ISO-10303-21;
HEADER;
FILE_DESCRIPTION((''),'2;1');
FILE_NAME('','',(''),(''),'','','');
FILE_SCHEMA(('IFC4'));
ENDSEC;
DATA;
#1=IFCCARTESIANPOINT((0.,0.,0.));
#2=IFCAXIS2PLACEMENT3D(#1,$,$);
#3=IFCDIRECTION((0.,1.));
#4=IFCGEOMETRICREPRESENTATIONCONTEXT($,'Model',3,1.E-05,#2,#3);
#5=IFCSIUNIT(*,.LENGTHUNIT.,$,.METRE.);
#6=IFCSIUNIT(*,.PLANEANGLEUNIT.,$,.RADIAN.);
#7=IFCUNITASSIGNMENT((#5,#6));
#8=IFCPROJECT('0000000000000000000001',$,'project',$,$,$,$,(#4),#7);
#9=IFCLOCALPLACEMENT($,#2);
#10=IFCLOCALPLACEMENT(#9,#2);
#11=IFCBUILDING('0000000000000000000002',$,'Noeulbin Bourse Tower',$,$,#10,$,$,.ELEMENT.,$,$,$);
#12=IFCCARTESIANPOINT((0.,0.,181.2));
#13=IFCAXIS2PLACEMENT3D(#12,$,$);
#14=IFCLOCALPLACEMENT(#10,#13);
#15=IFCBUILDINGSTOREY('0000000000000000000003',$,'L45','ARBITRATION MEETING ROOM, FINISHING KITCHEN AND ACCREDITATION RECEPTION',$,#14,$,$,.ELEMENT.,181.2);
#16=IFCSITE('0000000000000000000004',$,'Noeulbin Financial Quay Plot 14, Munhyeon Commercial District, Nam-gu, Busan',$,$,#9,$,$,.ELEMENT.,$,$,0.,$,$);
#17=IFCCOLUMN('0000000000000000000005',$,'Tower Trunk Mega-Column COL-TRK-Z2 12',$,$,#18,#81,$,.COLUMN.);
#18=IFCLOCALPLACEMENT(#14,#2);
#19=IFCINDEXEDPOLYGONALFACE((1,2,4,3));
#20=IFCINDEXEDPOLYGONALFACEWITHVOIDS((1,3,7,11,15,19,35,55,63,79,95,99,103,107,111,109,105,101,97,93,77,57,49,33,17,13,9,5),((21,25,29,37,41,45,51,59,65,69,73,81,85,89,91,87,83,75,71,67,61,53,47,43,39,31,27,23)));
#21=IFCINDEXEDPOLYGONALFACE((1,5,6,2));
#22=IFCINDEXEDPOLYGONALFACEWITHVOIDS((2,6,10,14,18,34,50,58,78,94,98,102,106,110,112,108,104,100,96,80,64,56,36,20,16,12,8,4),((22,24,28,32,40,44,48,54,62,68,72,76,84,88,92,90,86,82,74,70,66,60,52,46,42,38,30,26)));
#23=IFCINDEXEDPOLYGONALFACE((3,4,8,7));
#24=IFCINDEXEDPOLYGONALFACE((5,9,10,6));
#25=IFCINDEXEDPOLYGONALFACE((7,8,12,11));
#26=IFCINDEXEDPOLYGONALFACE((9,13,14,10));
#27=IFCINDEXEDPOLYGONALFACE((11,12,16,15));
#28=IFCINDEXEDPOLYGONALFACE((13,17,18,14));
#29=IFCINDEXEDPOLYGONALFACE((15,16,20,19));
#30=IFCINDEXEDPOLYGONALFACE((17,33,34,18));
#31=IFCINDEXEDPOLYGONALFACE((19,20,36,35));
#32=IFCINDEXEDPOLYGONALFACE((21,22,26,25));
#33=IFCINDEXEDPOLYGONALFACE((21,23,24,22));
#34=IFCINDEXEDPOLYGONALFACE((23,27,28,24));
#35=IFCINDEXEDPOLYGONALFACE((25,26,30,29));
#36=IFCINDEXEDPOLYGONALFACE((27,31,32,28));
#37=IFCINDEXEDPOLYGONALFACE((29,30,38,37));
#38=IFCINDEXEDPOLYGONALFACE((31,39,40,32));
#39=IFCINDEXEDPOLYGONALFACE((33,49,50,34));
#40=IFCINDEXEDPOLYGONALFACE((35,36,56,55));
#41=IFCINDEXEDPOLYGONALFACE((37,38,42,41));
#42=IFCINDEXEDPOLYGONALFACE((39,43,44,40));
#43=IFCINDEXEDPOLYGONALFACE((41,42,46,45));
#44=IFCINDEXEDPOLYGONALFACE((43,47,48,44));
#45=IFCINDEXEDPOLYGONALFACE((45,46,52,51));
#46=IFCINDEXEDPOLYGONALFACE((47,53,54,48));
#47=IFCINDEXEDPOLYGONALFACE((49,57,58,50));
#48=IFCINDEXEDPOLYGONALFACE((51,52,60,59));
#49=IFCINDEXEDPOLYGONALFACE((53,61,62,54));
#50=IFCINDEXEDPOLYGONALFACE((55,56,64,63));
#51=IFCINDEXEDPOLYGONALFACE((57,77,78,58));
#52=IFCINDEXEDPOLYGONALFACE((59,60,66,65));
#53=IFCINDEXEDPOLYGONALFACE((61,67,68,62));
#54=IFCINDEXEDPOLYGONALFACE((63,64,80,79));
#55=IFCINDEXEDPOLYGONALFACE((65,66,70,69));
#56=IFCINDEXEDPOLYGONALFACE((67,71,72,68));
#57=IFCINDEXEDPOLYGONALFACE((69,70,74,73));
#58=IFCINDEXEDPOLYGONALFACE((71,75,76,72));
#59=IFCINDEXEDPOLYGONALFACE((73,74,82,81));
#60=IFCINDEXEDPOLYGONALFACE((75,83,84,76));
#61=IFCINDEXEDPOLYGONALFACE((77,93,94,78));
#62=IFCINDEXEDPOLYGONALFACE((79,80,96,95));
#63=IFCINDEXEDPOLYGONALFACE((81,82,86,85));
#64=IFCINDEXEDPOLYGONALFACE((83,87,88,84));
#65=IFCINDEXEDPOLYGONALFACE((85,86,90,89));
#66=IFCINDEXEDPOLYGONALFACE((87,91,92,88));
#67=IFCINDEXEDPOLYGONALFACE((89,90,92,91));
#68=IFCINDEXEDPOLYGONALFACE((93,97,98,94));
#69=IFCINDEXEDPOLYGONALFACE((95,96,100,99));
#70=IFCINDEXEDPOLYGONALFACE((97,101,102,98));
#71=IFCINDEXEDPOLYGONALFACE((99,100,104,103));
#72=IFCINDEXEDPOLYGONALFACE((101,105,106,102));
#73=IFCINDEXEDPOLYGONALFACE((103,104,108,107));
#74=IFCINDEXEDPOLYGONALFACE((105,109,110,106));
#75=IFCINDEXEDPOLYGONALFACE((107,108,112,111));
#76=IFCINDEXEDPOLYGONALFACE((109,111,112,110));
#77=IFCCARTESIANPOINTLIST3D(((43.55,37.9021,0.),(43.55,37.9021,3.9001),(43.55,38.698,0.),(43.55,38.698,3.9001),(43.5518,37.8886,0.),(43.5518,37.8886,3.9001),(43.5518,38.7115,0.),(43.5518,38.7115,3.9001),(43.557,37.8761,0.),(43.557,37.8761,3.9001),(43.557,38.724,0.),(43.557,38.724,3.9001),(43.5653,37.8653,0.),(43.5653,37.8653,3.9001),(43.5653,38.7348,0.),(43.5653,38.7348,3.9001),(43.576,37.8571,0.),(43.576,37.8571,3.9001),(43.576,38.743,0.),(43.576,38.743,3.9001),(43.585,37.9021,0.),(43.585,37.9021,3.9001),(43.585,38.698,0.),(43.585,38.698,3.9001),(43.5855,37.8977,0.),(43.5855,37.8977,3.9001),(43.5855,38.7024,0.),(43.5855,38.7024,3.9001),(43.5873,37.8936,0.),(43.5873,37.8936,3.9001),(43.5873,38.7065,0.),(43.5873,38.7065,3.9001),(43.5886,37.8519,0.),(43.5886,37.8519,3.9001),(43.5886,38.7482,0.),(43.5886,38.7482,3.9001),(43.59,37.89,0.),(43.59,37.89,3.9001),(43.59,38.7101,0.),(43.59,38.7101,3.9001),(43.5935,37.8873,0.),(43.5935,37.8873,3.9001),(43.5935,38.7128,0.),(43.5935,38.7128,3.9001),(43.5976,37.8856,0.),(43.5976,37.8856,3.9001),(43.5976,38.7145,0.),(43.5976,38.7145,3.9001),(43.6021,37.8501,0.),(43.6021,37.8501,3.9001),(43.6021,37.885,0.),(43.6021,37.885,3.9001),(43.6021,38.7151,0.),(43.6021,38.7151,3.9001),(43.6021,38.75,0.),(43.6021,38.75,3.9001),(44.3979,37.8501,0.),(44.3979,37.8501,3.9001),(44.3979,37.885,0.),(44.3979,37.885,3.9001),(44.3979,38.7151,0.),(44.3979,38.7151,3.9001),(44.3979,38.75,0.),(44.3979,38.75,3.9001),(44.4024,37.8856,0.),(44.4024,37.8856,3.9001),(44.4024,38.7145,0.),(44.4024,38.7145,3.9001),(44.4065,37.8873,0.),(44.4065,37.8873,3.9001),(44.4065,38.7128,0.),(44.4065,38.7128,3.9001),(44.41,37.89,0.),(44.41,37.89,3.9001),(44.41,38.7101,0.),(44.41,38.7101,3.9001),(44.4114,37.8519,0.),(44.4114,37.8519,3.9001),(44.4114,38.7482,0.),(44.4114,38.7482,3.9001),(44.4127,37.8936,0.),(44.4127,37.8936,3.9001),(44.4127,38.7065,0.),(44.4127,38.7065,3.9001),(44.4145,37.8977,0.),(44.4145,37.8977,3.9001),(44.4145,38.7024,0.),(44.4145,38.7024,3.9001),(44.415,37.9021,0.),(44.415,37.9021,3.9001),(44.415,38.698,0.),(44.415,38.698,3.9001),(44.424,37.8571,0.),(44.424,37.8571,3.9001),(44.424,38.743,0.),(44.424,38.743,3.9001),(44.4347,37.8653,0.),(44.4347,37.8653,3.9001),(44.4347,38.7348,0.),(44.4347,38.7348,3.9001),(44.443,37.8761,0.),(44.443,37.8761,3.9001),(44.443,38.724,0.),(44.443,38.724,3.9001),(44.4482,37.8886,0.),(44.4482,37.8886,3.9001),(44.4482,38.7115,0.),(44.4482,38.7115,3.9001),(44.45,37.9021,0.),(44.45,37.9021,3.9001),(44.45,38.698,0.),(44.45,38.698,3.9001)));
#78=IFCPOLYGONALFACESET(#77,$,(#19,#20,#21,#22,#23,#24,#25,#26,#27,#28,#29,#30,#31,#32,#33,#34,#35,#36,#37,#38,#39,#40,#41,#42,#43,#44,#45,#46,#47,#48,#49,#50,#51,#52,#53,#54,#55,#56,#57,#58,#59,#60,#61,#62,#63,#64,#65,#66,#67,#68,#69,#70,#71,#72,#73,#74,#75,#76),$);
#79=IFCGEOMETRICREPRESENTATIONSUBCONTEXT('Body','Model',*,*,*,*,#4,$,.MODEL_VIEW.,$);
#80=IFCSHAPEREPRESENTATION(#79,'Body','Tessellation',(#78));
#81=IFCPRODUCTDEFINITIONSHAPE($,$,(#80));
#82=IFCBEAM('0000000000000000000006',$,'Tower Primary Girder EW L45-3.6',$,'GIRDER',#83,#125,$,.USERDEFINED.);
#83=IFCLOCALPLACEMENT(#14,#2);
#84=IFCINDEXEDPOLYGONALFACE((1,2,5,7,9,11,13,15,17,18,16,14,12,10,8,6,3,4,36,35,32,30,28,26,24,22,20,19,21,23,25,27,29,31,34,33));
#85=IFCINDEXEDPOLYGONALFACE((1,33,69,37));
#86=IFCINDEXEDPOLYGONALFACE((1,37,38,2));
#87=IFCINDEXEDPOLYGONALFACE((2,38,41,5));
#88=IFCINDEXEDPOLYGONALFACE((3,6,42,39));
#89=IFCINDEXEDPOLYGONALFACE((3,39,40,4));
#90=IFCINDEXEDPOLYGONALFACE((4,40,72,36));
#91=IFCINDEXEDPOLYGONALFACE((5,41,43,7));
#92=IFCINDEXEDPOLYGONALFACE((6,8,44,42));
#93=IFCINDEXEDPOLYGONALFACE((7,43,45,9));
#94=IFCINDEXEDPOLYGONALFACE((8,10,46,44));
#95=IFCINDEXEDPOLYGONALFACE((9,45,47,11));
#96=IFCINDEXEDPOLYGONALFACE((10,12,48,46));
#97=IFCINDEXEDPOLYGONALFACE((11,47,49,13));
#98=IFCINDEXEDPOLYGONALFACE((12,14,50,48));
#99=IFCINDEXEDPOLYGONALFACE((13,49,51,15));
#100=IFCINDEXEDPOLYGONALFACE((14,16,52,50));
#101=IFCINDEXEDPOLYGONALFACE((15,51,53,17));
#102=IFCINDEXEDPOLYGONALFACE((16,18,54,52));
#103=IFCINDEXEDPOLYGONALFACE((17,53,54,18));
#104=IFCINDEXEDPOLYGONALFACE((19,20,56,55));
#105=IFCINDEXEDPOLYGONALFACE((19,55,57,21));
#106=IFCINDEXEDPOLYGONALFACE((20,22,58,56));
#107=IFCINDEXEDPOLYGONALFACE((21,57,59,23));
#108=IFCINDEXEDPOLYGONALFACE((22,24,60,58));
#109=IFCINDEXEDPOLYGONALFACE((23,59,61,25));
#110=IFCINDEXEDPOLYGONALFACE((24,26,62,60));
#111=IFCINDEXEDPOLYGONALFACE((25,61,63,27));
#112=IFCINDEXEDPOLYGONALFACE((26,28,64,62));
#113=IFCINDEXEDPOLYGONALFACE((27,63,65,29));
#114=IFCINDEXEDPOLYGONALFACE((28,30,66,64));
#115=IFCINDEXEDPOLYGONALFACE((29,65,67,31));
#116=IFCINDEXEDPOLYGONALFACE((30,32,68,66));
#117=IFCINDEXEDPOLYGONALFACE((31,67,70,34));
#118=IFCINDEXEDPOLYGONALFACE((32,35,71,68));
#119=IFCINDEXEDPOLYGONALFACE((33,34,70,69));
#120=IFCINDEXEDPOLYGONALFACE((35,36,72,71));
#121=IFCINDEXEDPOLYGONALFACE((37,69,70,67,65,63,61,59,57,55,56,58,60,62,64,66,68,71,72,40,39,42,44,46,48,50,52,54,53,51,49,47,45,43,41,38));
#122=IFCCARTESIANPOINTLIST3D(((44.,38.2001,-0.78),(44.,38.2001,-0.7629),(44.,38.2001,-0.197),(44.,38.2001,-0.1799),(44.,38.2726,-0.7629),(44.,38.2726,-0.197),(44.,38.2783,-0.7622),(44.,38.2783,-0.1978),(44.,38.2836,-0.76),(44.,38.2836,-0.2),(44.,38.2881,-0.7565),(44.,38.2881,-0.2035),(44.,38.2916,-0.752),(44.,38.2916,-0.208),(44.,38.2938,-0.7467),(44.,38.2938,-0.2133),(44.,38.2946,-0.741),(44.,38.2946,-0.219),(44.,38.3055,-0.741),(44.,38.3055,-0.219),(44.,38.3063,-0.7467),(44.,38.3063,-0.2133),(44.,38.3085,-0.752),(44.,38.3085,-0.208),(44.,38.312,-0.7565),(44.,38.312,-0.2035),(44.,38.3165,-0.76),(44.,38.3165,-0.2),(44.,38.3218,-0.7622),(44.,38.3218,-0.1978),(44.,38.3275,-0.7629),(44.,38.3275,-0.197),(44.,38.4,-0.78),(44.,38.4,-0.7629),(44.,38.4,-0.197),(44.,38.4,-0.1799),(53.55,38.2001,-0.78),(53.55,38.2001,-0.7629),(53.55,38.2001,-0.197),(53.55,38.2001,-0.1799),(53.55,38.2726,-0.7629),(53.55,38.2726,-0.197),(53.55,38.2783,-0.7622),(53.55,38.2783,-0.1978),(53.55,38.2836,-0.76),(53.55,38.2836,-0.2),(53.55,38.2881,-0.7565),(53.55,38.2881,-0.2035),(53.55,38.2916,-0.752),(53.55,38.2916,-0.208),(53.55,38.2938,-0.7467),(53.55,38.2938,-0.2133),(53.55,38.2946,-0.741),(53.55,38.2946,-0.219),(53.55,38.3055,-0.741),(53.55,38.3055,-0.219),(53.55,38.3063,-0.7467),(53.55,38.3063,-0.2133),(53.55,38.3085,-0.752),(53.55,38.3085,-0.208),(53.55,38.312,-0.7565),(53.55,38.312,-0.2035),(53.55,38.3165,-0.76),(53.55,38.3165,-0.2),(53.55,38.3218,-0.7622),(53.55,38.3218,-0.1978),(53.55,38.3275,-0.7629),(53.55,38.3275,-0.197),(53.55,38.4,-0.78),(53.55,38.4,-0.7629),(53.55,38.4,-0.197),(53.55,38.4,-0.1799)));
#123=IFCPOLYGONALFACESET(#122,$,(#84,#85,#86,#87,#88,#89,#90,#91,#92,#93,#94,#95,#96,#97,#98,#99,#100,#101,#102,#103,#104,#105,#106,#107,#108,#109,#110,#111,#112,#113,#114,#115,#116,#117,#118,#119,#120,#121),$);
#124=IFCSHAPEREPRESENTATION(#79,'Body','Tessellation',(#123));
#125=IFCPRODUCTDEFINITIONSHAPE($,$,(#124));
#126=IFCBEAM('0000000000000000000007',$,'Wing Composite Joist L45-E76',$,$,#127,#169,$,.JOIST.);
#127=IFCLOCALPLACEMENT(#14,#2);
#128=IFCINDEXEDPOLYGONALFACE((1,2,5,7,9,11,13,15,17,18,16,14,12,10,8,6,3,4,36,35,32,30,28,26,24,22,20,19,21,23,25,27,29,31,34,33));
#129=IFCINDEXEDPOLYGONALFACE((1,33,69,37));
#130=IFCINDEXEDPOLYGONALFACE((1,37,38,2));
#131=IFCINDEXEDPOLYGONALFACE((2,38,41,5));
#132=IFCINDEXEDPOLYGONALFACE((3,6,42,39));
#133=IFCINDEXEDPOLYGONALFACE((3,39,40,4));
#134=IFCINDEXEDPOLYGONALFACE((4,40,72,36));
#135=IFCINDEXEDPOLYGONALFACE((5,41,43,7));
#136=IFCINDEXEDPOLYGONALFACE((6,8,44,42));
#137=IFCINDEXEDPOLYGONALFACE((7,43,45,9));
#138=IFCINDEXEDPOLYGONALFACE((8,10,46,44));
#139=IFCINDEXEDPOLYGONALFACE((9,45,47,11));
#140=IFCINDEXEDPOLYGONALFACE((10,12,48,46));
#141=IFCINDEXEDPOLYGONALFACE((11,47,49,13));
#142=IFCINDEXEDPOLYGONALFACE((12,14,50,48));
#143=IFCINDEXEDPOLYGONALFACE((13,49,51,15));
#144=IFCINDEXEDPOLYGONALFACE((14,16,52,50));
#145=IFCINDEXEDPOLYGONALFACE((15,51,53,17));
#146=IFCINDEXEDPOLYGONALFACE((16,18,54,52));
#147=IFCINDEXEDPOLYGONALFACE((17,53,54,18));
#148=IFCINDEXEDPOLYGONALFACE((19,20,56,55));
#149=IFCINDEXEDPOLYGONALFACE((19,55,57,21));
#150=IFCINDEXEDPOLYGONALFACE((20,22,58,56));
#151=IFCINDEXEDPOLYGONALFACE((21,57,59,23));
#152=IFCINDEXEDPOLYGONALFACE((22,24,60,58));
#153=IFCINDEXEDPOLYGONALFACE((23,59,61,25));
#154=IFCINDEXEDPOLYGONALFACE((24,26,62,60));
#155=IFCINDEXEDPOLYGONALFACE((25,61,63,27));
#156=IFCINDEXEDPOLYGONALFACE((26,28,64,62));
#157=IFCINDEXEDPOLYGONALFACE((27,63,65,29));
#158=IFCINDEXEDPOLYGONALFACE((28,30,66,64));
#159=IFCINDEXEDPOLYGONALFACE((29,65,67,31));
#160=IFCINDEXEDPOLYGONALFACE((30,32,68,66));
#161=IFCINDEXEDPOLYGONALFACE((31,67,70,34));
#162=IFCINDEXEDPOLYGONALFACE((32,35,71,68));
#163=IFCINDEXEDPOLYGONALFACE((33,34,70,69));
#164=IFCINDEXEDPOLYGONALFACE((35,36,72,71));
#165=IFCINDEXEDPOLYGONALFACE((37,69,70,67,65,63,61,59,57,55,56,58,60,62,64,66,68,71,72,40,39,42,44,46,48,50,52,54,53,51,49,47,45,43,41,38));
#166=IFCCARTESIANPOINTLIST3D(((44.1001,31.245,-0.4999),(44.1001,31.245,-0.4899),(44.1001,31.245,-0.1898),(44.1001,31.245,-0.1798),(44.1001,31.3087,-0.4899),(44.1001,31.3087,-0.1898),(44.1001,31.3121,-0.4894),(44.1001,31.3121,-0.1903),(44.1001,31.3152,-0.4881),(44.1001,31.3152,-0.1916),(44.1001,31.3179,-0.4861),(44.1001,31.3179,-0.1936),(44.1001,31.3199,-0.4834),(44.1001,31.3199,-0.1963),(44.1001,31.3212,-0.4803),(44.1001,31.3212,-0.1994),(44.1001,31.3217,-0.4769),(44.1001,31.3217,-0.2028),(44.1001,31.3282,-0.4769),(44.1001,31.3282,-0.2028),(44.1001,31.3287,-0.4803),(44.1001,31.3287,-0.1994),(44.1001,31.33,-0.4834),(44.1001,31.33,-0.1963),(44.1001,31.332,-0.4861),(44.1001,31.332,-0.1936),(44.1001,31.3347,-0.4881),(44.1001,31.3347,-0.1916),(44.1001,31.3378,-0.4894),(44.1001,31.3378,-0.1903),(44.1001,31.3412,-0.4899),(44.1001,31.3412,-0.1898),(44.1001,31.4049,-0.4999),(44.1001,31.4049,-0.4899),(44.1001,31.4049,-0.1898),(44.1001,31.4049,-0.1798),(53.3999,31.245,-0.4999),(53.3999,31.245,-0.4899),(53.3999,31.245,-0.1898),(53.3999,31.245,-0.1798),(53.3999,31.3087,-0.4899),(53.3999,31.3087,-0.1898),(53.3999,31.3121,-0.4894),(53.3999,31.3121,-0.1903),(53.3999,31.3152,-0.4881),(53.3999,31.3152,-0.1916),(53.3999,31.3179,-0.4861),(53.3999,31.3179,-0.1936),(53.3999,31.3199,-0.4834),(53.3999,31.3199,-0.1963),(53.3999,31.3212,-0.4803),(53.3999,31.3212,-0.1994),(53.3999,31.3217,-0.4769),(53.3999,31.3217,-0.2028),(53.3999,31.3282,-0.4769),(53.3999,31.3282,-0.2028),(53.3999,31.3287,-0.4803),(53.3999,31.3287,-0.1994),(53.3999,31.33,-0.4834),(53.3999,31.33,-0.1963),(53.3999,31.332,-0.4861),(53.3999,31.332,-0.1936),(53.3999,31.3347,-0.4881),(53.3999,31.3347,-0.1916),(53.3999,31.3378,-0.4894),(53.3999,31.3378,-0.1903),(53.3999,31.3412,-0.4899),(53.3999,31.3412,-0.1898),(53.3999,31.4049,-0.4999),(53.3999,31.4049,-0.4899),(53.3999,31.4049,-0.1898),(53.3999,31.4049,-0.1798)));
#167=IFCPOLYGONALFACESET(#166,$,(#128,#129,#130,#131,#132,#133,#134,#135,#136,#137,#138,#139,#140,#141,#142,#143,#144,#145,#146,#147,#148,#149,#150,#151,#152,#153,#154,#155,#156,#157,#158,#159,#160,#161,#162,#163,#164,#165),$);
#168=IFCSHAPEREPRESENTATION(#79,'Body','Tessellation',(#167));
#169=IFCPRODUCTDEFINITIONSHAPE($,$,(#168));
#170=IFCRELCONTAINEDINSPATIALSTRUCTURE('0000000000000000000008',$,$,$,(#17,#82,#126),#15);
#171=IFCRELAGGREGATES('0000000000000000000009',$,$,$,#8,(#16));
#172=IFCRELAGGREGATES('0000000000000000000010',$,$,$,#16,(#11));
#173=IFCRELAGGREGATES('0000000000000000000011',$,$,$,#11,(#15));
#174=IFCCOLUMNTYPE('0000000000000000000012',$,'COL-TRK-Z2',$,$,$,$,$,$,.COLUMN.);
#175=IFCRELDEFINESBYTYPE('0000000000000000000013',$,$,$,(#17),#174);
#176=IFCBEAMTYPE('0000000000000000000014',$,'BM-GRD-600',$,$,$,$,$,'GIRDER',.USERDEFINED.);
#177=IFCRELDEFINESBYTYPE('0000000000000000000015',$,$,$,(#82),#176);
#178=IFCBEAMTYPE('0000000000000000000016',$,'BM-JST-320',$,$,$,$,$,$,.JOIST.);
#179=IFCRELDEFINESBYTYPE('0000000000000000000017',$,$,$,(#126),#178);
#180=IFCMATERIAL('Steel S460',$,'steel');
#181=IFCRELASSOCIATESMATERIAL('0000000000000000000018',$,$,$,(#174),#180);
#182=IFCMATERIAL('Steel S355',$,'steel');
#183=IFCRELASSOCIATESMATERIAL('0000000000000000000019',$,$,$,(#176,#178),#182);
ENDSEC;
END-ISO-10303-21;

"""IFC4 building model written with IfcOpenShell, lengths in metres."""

from ifc_helpers import new_model, si_unit, direction, frame, origin, origin_2d, place, context, subcontext, project, spatial, hollow_rectangle, i_section, extrude, material, material_profile, profile_set, type_object, element, save


model = new_model("IFC4")

# Units and contexts
model_context = context("Model", 3, precision=1e-05, world=origin(), true_north=direction((0.0, 1.0)))
body_context = subcontext(model_context, "Body", "Model", "MODEL_VIEW")
ifc_project = project(units=[si_unit("LENGTHUNIT", "METRE"), si_unit("PLANEANGLEUNIT", "RADIAN")], contexts=[model_context])

# Site, building, storey
site_placement = place(None, origin())
site = spatial("IfcSite", under=ifc_project, at=site_placement, Name="Noeulbin Financial Quay Plot 14, Munhyeon Commercial District, Nam-gu, Busan", CompositionType="ELEMENT", RefElevation=0.0)
building_placement = place(site_placement, origin())
building = spatial("IfcBuilding", under=site, at=building_placement, Name="Noeulbin Bourse Tower", CompositionType="ELEMENT")
storey_placement = place(building_placement, frame((0.0, 0.0, 181.2)))
storey = spatial("IfcBuildingStorey", under=building, at=storey_placement, Name="L45", Description="ARBITRATION MEETING ROOM, FINISHING KITCHEN AND ACCREDITATION RECEPTION", CompositionType="ELEMENT", Elevation=181.2)

# Column
ifc_material_1 = material(Name="Steel S460", Category="steel")
ifc_material_profile_1 = material_profile(ifc_material_1, hollow_rectangle(XDim=0.8999, YDim=0.8999, WallThickness=0.0349, InnerFilletRadius=0.0171, OuterFilletRadius=0.052, at=origin_2d()), Name="BOX-900x900x35", Category="LoadBearing")
ifc_profile_set_1 = profile_set([ifc_material_profile_1], Name="Steel S460")
column_type = type_object("IfcColumnType", Name="COL-TRK-Z2", PredefinedType="COLUMN", material=ifc_profile_set_1)
column_placement = place(storey_placement, frame((44.0, 38.3, 0.0), z_axis=(0.0, 0.0, 1.0), x_axis=(1.0, 0.0, 0.0)))
element("IfcColumn", 1, at=column_placement, inside=storey, type_object=column_type, Name="Tower Trunk Mega-Column COL-TRK-Z2 12", PredefinedType="COLUMN", context=body_context, shape_type="SweptSolid", body=[
    extrude(hollow_rectangle(XDim=0.8999, YDim=0.8999, WallThickness=0.0349, InnerFilletRadius=0.0171, OuterFilletRadius=0.052, at=origin_2d()), origin(), (0.0, 0.0, 1.0), 3.9001),
])

# Beams
ifc_material_2 = material(Name="Steel S355", Category="steel")
ifc_material_profile_2 = material_profile(ifc_material_2, i_section(OverallWidth=0.2, OverallDepth=0.6001, WebThickness=0.011, FlangeThickness=0.0171, FilletRadius=0.022, at=origin_2d()), Name="H-600x200x11x17", Category="LoadBearing")
ifc_profile_set_2 = profile_set([ifc_material_profile_2], Name="Steel S355")
beam_type_1 = type_object("IfcBeamType", Name="BM-GRD-600", ElementType="GIRDER", PredefinedType="USERDEFINED", material=ifc_profile_set_2)
beam_1_placement = place(storey_placement, frame((44.0, 38.3, -0.48), z_axis=(1.0, 0.0, 0.0), x_axis=(0.0, 1.0, 0.0)))
element("IfcBeam", 2, at=beam_1_placement, inside=storey, type_object=beam_type_1, Name="Tower Primary Girder EW L45-3.6", ObjectType="GIRDER", PredefinedType="USERDEFINED", context=body_context, shape_type="SweptSolid", body=[
    extrude(i_section(OverallWidth=0.2, OverallDepth=0.6001, WebThickness=0.011, FlangeThickness=0.0171, FilletRadius=0.022, at=origin_2d()), origin(), (0.0, 0.0, 1.0), 9.55),
])
ifc_material_profile_3 = material_profile(ifc_material_2, i_section(OverallWidth=0.1599, OverallDepth=0.3201, WebThickness=0.0066, FlangeThickness=0.01, FilletRadius=0.0129, at=origin_2d()), Name="H-320x160x6.5x10", Category="LoadBearing")
ifc_profile_set_3 = profile_set([ifc_material_profile_3], Name="Steel S355")
beam_type_2 = type_object("IfcBeamType", Name="BM-JST-320", PredefinedType="JOIST", material=ifc_profile_set_3)
for number, where, z_axis, x_axis, name in (
    (3, (44.1001, 31.325, -0.3398), (1.0, 0.0, 0.0), (0.0, 1.0, 0.0), "Wing Composite Joist L45-E76"),
):
    element("IfcBeam", number, at=place(storey_placement, frame(where, z_axis=z_axis, x_axis=x_axis)), inside=storey, type_object=beam_type_2, Name=name, PredefinedType="JOIST", context=body_context, shape_type="SweptSolid", body=[
        extrude(i_section(OverallWidth=0.1599, OverallDepth=0.3201, WebThickness=0.0066, FlangeThickness=0.01, FilletRadius=0.0129, at=origin_2d()), origin(), (0.0, 0.0, 1.0), 9.2998),
    ])

save(model, "model.ifc")
